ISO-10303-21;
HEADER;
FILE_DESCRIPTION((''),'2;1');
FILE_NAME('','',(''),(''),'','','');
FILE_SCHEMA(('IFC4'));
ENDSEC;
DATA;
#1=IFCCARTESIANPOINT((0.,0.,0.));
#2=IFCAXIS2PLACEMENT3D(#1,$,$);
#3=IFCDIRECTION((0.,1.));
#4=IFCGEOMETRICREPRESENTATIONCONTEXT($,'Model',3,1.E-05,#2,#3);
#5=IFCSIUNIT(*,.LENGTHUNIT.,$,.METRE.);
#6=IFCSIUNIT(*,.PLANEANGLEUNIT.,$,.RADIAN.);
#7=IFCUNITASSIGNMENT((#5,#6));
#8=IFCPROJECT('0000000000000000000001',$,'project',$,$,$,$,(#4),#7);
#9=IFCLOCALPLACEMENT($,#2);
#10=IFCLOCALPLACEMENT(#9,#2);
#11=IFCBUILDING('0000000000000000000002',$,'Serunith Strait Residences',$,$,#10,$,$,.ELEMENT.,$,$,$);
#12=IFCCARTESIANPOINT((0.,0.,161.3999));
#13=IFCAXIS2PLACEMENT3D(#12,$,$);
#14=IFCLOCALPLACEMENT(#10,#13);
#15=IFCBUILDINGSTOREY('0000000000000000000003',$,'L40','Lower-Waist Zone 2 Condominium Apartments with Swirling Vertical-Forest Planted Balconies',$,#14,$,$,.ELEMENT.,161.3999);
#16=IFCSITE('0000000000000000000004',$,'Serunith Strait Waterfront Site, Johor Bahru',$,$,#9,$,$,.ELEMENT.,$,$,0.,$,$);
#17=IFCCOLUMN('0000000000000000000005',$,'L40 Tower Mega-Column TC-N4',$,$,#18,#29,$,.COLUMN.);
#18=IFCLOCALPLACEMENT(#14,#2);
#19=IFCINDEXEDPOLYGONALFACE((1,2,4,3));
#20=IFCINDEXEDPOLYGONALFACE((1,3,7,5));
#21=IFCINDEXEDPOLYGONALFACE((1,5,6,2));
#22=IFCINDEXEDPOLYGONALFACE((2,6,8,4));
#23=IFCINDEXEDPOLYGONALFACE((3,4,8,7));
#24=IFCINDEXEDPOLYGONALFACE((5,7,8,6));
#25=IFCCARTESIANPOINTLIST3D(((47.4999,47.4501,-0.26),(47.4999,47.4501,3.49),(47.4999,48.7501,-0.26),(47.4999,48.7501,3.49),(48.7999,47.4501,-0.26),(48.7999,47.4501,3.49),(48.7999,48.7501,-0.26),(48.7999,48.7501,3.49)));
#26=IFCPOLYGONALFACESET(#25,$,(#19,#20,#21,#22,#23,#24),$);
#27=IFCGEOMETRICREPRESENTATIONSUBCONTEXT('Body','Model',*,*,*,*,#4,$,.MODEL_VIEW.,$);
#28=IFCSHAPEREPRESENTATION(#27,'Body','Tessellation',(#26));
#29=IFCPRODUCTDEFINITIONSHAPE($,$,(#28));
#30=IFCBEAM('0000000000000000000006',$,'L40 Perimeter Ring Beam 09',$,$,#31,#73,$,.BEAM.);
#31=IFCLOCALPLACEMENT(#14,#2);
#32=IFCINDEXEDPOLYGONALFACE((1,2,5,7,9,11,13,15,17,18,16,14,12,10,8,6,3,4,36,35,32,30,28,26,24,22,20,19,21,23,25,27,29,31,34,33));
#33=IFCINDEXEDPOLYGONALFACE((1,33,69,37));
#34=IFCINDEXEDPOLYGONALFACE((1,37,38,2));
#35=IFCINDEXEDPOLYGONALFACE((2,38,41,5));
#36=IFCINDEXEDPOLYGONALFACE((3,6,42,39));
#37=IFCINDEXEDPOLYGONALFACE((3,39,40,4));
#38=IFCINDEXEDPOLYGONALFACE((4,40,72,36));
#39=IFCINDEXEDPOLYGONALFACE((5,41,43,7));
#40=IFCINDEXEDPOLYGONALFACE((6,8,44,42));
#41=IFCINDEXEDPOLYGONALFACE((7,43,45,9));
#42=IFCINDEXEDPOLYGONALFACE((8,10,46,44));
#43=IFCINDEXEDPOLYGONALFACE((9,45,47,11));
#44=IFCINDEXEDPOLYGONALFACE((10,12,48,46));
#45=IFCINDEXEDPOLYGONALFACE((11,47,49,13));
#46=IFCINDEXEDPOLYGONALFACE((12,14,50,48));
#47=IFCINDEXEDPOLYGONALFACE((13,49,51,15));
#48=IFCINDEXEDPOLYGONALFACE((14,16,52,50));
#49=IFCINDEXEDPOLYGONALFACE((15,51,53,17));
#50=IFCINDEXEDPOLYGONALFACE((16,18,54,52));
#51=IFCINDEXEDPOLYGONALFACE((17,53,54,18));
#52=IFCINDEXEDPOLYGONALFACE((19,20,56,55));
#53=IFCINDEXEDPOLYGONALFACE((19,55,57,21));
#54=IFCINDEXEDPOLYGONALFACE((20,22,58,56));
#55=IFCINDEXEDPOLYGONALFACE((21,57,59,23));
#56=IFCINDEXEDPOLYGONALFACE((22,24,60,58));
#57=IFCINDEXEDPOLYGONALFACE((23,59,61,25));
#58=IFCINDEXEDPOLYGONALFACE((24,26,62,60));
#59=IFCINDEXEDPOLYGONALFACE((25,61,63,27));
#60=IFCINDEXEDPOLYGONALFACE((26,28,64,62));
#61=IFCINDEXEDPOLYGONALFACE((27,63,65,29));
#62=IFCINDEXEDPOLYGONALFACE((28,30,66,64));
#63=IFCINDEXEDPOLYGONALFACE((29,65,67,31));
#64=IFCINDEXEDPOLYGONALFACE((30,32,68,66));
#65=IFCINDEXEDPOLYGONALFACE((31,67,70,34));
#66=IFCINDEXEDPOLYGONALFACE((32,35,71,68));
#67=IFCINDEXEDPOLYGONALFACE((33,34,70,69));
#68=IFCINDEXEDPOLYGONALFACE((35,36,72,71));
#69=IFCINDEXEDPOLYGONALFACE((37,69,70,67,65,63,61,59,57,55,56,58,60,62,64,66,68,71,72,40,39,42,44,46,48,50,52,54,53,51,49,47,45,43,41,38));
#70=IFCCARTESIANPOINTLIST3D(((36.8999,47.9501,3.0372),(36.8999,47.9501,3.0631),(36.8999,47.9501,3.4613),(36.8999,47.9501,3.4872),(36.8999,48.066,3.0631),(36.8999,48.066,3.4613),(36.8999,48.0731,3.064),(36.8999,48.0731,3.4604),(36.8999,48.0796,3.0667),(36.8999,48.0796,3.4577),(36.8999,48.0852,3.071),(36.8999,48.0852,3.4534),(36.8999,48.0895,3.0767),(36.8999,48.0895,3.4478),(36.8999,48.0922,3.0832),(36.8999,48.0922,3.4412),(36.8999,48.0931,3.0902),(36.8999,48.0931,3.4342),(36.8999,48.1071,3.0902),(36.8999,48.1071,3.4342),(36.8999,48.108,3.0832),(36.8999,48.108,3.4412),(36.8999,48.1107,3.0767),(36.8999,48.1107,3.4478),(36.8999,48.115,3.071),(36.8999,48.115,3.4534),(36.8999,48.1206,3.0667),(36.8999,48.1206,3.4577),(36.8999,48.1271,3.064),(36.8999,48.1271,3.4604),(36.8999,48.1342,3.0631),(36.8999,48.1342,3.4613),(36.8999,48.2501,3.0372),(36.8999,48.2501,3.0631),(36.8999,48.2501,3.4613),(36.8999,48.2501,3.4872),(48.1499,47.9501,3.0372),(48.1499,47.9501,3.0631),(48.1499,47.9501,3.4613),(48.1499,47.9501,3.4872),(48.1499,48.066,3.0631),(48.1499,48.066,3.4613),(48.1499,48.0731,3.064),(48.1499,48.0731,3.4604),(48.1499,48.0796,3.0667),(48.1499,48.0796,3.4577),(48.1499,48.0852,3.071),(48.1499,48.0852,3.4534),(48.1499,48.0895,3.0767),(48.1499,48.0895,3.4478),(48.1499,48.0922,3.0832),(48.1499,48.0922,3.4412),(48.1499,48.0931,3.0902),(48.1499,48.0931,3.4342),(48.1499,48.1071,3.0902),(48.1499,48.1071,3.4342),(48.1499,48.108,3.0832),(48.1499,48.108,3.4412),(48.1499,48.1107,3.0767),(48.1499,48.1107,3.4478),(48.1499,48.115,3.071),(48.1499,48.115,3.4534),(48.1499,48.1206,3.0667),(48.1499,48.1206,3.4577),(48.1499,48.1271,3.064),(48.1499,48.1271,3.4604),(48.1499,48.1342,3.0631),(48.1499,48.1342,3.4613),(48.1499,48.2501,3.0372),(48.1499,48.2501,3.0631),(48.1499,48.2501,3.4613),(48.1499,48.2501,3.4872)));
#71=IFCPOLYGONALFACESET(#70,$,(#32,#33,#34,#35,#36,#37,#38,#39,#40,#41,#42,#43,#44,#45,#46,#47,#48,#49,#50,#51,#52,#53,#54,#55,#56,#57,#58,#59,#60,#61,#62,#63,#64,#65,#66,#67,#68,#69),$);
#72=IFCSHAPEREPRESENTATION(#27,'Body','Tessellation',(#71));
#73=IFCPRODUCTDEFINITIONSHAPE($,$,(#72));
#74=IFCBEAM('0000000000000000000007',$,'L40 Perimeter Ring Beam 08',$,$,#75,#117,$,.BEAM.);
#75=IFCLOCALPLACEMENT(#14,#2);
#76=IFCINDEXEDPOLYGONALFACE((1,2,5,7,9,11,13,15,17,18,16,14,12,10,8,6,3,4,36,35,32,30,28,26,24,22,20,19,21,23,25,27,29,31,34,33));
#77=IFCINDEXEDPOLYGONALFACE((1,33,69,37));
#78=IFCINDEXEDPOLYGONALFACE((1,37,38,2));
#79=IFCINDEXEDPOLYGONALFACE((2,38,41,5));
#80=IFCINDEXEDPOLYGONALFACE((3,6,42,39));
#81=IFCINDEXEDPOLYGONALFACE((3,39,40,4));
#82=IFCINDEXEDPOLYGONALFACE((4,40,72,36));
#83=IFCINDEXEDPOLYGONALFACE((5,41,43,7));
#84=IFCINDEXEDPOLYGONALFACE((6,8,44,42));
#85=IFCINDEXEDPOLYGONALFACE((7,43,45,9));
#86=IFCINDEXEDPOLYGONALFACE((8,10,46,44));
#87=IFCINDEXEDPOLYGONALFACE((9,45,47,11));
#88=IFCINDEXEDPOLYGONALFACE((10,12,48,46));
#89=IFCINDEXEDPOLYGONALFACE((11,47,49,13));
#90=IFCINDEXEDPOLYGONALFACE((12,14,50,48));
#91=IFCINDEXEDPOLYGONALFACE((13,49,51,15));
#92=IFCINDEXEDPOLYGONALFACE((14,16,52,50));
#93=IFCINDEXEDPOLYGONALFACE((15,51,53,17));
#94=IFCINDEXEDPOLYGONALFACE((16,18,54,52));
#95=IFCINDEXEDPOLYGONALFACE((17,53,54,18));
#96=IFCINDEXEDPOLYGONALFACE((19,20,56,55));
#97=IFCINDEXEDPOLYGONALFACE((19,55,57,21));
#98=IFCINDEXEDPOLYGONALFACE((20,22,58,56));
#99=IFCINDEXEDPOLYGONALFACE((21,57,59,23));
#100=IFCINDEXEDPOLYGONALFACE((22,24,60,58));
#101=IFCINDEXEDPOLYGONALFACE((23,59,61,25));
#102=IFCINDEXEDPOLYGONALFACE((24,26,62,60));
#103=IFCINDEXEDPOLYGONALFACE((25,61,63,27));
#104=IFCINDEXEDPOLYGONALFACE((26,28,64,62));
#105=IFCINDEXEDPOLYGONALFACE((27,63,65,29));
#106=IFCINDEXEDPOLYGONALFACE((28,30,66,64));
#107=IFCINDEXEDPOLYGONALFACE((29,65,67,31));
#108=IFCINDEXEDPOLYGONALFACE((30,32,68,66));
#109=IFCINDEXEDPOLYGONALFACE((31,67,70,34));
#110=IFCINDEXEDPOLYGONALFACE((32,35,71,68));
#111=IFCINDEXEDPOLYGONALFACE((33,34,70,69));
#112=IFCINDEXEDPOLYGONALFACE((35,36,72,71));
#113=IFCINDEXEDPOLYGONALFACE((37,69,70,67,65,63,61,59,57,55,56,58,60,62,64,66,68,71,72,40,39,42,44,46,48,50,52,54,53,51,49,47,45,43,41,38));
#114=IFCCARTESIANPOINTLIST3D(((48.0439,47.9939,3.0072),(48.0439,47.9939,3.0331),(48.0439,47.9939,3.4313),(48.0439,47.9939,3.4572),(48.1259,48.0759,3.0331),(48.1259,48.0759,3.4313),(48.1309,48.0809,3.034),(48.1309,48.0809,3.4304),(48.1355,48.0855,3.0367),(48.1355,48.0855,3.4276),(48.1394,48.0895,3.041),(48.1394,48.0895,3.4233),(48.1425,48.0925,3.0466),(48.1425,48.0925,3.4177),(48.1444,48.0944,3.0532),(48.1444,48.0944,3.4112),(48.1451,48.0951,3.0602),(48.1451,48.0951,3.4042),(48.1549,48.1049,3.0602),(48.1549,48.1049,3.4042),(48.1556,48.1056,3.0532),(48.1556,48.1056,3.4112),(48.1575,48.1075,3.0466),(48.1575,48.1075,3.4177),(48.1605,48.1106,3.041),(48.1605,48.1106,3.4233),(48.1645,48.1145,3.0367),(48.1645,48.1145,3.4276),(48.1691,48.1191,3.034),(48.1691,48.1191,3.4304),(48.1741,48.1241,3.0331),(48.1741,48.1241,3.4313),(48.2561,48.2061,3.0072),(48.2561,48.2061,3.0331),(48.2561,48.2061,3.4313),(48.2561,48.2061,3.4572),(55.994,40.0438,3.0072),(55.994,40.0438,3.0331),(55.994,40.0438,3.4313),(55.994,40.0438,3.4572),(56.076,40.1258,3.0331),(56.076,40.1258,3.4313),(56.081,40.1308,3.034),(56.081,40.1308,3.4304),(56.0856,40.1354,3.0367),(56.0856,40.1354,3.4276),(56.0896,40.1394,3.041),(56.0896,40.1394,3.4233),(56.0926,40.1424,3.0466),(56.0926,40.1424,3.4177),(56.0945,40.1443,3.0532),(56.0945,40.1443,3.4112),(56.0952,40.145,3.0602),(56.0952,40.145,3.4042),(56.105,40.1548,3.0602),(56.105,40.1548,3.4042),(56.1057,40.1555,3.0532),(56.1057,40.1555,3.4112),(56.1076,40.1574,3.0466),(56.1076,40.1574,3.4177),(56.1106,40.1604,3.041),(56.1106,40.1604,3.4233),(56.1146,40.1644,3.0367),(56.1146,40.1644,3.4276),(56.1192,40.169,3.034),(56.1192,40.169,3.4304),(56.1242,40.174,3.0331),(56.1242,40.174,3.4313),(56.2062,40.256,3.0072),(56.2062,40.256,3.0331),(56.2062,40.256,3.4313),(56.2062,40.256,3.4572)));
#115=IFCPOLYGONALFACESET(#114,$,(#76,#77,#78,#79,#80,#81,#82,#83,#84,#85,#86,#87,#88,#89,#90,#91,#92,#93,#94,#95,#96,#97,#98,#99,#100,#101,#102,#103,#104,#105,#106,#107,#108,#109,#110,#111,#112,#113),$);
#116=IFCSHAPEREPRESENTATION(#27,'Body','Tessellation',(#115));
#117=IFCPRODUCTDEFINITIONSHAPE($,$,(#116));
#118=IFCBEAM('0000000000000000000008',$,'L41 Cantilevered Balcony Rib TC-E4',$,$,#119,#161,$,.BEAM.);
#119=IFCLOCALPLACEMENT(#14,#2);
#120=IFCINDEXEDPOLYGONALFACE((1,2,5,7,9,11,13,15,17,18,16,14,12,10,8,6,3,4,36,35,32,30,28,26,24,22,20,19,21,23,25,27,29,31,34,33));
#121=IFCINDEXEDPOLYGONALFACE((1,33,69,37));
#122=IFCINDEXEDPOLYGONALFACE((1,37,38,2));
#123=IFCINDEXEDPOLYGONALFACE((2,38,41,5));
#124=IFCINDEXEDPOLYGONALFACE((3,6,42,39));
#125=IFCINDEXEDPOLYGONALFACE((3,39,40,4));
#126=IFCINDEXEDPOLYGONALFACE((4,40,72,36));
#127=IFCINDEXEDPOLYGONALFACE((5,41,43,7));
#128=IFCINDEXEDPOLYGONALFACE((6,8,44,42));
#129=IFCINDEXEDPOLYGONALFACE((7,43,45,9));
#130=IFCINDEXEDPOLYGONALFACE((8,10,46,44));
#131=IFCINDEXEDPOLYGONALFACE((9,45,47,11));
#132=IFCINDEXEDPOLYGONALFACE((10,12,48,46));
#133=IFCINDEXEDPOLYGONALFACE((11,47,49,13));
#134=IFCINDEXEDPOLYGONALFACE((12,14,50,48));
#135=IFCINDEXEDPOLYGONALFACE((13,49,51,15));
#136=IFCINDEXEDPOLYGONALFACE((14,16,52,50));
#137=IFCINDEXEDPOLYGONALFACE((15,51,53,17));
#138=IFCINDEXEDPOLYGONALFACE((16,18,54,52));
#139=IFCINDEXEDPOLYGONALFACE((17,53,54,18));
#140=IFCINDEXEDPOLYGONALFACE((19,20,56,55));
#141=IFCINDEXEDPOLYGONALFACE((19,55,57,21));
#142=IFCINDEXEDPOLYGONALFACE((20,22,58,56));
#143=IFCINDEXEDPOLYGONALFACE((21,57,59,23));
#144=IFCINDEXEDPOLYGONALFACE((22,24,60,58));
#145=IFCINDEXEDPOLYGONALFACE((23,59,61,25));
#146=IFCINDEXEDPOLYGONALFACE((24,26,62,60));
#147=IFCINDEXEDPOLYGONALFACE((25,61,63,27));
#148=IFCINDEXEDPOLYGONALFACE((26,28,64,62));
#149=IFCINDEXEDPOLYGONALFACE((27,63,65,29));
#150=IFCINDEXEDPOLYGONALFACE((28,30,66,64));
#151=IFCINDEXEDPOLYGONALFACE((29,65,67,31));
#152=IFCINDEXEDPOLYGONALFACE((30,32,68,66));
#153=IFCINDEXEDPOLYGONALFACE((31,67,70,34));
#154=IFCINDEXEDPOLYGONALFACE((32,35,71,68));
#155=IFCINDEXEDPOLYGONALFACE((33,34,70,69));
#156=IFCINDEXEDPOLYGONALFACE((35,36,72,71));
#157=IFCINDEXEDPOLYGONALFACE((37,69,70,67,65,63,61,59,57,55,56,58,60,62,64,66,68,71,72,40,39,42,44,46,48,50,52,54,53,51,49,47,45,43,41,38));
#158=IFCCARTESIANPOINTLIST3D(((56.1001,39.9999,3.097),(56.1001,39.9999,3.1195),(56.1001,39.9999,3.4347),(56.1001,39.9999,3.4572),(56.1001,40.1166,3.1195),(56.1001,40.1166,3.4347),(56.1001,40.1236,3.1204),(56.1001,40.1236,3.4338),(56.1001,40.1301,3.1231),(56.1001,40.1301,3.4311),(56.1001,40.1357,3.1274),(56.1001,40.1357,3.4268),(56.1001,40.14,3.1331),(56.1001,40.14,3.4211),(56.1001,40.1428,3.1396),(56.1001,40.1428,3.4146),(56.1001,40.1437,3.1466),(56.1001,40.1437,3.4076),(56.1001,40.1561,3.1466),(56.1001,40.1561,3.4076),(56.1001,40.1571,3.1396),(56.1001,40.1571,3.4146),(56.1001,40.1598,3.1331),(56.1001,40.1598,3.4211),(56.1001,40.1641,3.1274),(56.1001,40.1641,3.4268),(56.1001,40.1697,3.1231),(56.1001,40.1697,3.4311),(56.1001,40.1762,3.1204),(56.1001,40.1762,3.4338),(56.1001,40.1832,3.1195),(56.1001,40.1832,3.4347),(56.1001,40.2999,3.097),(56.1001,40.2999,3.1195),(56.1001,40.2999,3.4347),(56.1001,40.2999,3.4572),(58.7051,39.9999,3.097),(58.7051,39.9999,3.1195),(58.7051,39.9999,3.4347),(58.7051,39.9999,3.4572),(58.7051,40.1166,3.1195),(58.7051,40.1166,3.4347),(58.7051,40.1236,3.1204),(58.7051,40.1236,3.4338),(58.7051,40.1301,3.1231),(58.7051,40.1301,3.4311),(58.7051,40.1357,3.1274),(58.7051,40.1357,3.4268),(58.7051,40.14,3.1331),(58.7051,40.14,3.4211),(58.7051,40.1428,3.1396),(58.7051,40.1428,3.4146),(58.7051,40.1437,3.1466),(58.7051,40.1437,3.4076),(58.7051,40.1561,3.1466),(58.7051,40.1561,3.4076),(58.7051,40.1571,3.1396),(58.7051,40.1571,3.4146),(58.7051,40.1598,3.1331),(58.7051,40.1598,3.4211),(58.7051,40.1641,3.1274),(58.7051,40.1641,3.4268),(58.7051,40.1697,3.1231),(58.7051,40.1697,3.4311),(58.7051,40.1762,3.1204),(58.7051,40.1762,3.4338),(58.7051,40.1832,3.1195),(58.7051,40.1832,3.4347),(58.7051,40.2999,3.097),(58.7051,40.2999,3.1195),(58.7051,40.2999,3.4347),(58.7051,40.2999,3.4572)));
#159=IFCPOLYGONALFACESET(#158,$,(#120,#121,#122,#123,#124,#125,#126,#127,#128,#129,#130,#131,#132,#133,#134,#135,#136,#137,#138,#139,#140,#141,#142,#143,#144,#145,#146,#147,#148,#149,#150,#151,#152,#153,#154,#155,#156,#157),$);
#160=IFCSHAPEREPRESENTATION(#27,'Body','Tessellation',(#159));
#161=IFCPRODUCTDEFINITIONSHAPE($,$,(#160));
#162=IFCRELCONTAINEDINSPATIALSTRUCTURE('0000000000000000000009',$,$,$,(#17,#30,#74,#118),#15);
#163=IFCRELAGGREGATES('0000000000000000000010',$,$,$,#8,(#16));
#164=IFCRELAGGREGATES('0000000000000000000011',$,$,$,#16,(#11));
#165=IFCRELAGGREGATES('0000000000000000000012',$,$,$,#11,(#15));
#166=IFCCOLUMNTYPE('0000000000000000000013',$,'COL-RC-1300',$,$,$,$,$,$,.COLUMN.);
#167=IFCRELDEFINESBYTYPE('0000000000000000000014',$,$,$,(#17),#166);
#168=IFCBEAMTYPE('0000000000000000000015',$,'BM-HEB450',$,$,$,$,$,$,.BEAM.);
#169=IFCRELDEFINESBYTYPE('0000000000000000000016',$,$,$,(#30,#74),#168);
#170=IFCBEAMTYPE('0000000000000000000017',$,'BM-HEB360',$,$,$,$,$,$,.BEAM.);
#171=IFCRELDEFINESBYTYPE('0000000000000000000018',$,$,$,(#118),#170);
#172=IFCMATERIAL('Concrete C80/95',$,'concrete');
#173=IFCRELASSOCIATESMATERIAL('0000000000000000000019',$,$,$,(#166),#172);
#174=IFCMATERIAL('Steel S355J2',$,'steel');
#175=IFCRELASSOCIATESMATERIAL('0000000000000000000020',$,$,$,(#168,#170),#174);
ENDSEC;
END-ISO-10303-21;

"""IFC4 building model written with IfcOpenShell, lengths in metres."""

from ifc_helpers import new_model, si_unit, direction, frame, origin, origin_2d, place, context, subcontext, project, spatial, rectangle, i_section, extrude, source, transform, mapped, material, material_profile, profile_set, type_object, element, save


model = new_model("IFC4")

# Units and contexts
model_context = context("Model", 3, precision=1e-05, world=origin(), true_north=direction((0.0, 1.0)))
body_context = subcontext(model_context, "Body", "Model", "MODEL_VIEW")
ifc_project = project(units=[si_unit("LENGTHUNIT", "METRE"), si_unit("PLANEANGLEUNIT", "RADIAN")], contexts=[model_context])

# Site, building, storey
site_placement = place(None, origin())
site = spatial("IfcSite", under=ifc_project, at=site_placement, Name="Serunith Strait Waterfront Site, Johor Bahru", CompositionType="ELEMENT", RefElevation=0.0)
building_placement = place(site_placement, origin())
building = spatial("IfcBuilding", under=site, at=building_placement, Name="Serunith Strait Residences", CompositionType="ELEMENT")
storey_placement = place(building_placement, frame((0.0, 0.0, 161.3999)))
storey = spatial("IfcBuildingStorey", under=building, at=storey_placement, Name="L40", Description="Lower-Waist Zone 2 Condominium Apartments with Swirling Vertical-Forest Planted Balconies", CompositionType="ELEMENT", Elevation=161.3999)

# Column
ifc_material_1 = material(Name="Concrete C80/95", Category="concrete")
ifc_material_profile_1 = material_profile(ifc_material_1, rectangle(XDim=1.3, YDim=1.3, at=origin_2d()), Name="RC 1300x1300")
ifc_profile_set_1 = profile_set([ifc_material_profile_1], Name="Concrete C80/95")
column_type = type_object("IfcColumnType", Name="COL-RC-1300", PredefinedType="COLUMN", material=ifc_profile_set_1)
shared_shape_1 = source(origin(), body_context, "Body", "SweptSolid", [
    extrude(rectangle(XDim=1.3, YDim=1.3, at=origin_2d()), origin(), (0.0, 0.0, 1.0), 3.75),
])
column_placement = place(storey_placement, frame((48.1499, 48.1001, -0.26), z_axis=(0.0, 0.0, 1.0), x_axis=(1.0, 0.0, 0.0)))
element("IfcColumn", 1, at=column_placement, inside=storey, type_object=column_type, Name="L40 Tower Mega-Column TC-N4", PredefinedType="COLUMN", context=body_context, shape_type="MappedRepresentation", body=[
    mapped(shared_shape_1, transform((0.0, 0.0, 0.0), scale=1.0)),
])

# Beams
ifc_material_2 = material(Name="Steel S355J2", Category="steel")
ifc_material_profile_2 = material_profile(ifc_material_2, i_section(OverallWidth=0.3, OverallDepth=0.45, WebThickness=0.0139, FlangeThickness=0.0259, FilletRadius=0.0271, at=origin_2d()), Name="HEB 450")
ifc_profile_set_2 = profile_set([ifc_material_profile_2], Name="Steel S355J2")
beam_type_1 = type_object("IfcBeamType", Name="BM-HEB450", PredefinedType="BEAM", material=ifc_profile_set_2)
shared_shape_2 = source(origin(), body_context, "Body", "SweptSolid", [
    extrude(i_section(OverallWidth=0.3, OverallDepth=0.45, WebThickness=0.0139, FlangeThickness=0.0259, FilletRadius=0.0271, at=origin_2d()), origin(), (0.0, 0.0, 1.0), 11.25),
])
beam_1_placement = place(storey_placement, frame((48.1499, 48.1001, 3.2622), z_axis=(-1.0, 0.0, 0.0), x_axis=(0.0, -1.0, 0.0)))
element("IfcBeam", 2, at=beam_1_placement, inside=storey, type_object=beam_type_1, Name="L40 Perimeter Ring Beam 09", PredefinedType="BEAM", context=body_context, shape_type="MappedRepresentation", body=[
    mapped(shared_shape_2, transform((0.0, 0.0, 0.0), scale=1.0)),
])
shared_shape_3 = source(origin(), body_context, "Body", "SweptSolid", [
    extrude(i_section(OverallWidth=0.3, OverallDepth=0.45, WebThickness=0.0139, FlangeThickness=0.0259, FilletRadius=0.0271, at=origin_2d()), origin(), (0.0, 0.0, 1.0), 11.2432),
])
beam_2_placement = place(storey_placement, frame((56.1001, 40.1499, 3.2322), z_axis=(-0.707107, 0.707107, 0.0), x_axis=(-0.707107, -0.707107, 0.0)))
element("IfcBeam", 3, at=beam_2_placement, inside=storey, type_object=beam_type_1, Name="L40 Perimeter Ring Beam 08", PredefinedType="BEAM", context=body_context, shape_type="MappedRepresentation", body=[
    mapped(shared_shape_3, transform((0.0, 0.0, 0.0), scale=1.0)),
])
ifc_material_profile_3 = material_profile(ifc_material_2, i_section(OverallWidth=0.3, OverallDepth=0.3601, WebThickness=0.0125, FlangeThickness=0.0225, FilletRadius=0.0271, at=origin_2d()), Name="HEB 360")
ifc_profile_set_3 = profile_set([ifc_material_profile_3], Name="Steel S355J2")
beam_type_2 = type_object("IfcBeamType", Name="BM-HEB360", PredefinedType="BEAM", material=ifc_profile_set_3)
shared_shape_4 = source(origin(), body_context, "Body", "SweptSolid", [
    extrude(i_section(OverallWidth=0.3, OverallDepth=0.3601, WebThickness=0.0125, FlangeThickness=0.0225, FilletRadius=0.0271, at=origin_2d()), origin(), (0.0, 0.0, 1.0), 2.605),
])
beam_3_placement = place(storey_placement, frame((56.1001, 40.1499, 3.2771), z_axis=(1.0, 0.0, 0.0), x_axis=(0.0, 1.0, 0.0)))
element("IfcBeam", 4, at=beam_3_placement, inside=storey, type_object=beam_type_2, Name="L41 Cantilevered Balcony Rib TC-E4", PredefinedType="BEAM", context=body_context, shape_type="MappedRepresentation", body=[
    mapped(shared_shape_4, transform((0.0, 0.0, 0.0), scale=1.0)),
])

save(model, "model.ifc")
